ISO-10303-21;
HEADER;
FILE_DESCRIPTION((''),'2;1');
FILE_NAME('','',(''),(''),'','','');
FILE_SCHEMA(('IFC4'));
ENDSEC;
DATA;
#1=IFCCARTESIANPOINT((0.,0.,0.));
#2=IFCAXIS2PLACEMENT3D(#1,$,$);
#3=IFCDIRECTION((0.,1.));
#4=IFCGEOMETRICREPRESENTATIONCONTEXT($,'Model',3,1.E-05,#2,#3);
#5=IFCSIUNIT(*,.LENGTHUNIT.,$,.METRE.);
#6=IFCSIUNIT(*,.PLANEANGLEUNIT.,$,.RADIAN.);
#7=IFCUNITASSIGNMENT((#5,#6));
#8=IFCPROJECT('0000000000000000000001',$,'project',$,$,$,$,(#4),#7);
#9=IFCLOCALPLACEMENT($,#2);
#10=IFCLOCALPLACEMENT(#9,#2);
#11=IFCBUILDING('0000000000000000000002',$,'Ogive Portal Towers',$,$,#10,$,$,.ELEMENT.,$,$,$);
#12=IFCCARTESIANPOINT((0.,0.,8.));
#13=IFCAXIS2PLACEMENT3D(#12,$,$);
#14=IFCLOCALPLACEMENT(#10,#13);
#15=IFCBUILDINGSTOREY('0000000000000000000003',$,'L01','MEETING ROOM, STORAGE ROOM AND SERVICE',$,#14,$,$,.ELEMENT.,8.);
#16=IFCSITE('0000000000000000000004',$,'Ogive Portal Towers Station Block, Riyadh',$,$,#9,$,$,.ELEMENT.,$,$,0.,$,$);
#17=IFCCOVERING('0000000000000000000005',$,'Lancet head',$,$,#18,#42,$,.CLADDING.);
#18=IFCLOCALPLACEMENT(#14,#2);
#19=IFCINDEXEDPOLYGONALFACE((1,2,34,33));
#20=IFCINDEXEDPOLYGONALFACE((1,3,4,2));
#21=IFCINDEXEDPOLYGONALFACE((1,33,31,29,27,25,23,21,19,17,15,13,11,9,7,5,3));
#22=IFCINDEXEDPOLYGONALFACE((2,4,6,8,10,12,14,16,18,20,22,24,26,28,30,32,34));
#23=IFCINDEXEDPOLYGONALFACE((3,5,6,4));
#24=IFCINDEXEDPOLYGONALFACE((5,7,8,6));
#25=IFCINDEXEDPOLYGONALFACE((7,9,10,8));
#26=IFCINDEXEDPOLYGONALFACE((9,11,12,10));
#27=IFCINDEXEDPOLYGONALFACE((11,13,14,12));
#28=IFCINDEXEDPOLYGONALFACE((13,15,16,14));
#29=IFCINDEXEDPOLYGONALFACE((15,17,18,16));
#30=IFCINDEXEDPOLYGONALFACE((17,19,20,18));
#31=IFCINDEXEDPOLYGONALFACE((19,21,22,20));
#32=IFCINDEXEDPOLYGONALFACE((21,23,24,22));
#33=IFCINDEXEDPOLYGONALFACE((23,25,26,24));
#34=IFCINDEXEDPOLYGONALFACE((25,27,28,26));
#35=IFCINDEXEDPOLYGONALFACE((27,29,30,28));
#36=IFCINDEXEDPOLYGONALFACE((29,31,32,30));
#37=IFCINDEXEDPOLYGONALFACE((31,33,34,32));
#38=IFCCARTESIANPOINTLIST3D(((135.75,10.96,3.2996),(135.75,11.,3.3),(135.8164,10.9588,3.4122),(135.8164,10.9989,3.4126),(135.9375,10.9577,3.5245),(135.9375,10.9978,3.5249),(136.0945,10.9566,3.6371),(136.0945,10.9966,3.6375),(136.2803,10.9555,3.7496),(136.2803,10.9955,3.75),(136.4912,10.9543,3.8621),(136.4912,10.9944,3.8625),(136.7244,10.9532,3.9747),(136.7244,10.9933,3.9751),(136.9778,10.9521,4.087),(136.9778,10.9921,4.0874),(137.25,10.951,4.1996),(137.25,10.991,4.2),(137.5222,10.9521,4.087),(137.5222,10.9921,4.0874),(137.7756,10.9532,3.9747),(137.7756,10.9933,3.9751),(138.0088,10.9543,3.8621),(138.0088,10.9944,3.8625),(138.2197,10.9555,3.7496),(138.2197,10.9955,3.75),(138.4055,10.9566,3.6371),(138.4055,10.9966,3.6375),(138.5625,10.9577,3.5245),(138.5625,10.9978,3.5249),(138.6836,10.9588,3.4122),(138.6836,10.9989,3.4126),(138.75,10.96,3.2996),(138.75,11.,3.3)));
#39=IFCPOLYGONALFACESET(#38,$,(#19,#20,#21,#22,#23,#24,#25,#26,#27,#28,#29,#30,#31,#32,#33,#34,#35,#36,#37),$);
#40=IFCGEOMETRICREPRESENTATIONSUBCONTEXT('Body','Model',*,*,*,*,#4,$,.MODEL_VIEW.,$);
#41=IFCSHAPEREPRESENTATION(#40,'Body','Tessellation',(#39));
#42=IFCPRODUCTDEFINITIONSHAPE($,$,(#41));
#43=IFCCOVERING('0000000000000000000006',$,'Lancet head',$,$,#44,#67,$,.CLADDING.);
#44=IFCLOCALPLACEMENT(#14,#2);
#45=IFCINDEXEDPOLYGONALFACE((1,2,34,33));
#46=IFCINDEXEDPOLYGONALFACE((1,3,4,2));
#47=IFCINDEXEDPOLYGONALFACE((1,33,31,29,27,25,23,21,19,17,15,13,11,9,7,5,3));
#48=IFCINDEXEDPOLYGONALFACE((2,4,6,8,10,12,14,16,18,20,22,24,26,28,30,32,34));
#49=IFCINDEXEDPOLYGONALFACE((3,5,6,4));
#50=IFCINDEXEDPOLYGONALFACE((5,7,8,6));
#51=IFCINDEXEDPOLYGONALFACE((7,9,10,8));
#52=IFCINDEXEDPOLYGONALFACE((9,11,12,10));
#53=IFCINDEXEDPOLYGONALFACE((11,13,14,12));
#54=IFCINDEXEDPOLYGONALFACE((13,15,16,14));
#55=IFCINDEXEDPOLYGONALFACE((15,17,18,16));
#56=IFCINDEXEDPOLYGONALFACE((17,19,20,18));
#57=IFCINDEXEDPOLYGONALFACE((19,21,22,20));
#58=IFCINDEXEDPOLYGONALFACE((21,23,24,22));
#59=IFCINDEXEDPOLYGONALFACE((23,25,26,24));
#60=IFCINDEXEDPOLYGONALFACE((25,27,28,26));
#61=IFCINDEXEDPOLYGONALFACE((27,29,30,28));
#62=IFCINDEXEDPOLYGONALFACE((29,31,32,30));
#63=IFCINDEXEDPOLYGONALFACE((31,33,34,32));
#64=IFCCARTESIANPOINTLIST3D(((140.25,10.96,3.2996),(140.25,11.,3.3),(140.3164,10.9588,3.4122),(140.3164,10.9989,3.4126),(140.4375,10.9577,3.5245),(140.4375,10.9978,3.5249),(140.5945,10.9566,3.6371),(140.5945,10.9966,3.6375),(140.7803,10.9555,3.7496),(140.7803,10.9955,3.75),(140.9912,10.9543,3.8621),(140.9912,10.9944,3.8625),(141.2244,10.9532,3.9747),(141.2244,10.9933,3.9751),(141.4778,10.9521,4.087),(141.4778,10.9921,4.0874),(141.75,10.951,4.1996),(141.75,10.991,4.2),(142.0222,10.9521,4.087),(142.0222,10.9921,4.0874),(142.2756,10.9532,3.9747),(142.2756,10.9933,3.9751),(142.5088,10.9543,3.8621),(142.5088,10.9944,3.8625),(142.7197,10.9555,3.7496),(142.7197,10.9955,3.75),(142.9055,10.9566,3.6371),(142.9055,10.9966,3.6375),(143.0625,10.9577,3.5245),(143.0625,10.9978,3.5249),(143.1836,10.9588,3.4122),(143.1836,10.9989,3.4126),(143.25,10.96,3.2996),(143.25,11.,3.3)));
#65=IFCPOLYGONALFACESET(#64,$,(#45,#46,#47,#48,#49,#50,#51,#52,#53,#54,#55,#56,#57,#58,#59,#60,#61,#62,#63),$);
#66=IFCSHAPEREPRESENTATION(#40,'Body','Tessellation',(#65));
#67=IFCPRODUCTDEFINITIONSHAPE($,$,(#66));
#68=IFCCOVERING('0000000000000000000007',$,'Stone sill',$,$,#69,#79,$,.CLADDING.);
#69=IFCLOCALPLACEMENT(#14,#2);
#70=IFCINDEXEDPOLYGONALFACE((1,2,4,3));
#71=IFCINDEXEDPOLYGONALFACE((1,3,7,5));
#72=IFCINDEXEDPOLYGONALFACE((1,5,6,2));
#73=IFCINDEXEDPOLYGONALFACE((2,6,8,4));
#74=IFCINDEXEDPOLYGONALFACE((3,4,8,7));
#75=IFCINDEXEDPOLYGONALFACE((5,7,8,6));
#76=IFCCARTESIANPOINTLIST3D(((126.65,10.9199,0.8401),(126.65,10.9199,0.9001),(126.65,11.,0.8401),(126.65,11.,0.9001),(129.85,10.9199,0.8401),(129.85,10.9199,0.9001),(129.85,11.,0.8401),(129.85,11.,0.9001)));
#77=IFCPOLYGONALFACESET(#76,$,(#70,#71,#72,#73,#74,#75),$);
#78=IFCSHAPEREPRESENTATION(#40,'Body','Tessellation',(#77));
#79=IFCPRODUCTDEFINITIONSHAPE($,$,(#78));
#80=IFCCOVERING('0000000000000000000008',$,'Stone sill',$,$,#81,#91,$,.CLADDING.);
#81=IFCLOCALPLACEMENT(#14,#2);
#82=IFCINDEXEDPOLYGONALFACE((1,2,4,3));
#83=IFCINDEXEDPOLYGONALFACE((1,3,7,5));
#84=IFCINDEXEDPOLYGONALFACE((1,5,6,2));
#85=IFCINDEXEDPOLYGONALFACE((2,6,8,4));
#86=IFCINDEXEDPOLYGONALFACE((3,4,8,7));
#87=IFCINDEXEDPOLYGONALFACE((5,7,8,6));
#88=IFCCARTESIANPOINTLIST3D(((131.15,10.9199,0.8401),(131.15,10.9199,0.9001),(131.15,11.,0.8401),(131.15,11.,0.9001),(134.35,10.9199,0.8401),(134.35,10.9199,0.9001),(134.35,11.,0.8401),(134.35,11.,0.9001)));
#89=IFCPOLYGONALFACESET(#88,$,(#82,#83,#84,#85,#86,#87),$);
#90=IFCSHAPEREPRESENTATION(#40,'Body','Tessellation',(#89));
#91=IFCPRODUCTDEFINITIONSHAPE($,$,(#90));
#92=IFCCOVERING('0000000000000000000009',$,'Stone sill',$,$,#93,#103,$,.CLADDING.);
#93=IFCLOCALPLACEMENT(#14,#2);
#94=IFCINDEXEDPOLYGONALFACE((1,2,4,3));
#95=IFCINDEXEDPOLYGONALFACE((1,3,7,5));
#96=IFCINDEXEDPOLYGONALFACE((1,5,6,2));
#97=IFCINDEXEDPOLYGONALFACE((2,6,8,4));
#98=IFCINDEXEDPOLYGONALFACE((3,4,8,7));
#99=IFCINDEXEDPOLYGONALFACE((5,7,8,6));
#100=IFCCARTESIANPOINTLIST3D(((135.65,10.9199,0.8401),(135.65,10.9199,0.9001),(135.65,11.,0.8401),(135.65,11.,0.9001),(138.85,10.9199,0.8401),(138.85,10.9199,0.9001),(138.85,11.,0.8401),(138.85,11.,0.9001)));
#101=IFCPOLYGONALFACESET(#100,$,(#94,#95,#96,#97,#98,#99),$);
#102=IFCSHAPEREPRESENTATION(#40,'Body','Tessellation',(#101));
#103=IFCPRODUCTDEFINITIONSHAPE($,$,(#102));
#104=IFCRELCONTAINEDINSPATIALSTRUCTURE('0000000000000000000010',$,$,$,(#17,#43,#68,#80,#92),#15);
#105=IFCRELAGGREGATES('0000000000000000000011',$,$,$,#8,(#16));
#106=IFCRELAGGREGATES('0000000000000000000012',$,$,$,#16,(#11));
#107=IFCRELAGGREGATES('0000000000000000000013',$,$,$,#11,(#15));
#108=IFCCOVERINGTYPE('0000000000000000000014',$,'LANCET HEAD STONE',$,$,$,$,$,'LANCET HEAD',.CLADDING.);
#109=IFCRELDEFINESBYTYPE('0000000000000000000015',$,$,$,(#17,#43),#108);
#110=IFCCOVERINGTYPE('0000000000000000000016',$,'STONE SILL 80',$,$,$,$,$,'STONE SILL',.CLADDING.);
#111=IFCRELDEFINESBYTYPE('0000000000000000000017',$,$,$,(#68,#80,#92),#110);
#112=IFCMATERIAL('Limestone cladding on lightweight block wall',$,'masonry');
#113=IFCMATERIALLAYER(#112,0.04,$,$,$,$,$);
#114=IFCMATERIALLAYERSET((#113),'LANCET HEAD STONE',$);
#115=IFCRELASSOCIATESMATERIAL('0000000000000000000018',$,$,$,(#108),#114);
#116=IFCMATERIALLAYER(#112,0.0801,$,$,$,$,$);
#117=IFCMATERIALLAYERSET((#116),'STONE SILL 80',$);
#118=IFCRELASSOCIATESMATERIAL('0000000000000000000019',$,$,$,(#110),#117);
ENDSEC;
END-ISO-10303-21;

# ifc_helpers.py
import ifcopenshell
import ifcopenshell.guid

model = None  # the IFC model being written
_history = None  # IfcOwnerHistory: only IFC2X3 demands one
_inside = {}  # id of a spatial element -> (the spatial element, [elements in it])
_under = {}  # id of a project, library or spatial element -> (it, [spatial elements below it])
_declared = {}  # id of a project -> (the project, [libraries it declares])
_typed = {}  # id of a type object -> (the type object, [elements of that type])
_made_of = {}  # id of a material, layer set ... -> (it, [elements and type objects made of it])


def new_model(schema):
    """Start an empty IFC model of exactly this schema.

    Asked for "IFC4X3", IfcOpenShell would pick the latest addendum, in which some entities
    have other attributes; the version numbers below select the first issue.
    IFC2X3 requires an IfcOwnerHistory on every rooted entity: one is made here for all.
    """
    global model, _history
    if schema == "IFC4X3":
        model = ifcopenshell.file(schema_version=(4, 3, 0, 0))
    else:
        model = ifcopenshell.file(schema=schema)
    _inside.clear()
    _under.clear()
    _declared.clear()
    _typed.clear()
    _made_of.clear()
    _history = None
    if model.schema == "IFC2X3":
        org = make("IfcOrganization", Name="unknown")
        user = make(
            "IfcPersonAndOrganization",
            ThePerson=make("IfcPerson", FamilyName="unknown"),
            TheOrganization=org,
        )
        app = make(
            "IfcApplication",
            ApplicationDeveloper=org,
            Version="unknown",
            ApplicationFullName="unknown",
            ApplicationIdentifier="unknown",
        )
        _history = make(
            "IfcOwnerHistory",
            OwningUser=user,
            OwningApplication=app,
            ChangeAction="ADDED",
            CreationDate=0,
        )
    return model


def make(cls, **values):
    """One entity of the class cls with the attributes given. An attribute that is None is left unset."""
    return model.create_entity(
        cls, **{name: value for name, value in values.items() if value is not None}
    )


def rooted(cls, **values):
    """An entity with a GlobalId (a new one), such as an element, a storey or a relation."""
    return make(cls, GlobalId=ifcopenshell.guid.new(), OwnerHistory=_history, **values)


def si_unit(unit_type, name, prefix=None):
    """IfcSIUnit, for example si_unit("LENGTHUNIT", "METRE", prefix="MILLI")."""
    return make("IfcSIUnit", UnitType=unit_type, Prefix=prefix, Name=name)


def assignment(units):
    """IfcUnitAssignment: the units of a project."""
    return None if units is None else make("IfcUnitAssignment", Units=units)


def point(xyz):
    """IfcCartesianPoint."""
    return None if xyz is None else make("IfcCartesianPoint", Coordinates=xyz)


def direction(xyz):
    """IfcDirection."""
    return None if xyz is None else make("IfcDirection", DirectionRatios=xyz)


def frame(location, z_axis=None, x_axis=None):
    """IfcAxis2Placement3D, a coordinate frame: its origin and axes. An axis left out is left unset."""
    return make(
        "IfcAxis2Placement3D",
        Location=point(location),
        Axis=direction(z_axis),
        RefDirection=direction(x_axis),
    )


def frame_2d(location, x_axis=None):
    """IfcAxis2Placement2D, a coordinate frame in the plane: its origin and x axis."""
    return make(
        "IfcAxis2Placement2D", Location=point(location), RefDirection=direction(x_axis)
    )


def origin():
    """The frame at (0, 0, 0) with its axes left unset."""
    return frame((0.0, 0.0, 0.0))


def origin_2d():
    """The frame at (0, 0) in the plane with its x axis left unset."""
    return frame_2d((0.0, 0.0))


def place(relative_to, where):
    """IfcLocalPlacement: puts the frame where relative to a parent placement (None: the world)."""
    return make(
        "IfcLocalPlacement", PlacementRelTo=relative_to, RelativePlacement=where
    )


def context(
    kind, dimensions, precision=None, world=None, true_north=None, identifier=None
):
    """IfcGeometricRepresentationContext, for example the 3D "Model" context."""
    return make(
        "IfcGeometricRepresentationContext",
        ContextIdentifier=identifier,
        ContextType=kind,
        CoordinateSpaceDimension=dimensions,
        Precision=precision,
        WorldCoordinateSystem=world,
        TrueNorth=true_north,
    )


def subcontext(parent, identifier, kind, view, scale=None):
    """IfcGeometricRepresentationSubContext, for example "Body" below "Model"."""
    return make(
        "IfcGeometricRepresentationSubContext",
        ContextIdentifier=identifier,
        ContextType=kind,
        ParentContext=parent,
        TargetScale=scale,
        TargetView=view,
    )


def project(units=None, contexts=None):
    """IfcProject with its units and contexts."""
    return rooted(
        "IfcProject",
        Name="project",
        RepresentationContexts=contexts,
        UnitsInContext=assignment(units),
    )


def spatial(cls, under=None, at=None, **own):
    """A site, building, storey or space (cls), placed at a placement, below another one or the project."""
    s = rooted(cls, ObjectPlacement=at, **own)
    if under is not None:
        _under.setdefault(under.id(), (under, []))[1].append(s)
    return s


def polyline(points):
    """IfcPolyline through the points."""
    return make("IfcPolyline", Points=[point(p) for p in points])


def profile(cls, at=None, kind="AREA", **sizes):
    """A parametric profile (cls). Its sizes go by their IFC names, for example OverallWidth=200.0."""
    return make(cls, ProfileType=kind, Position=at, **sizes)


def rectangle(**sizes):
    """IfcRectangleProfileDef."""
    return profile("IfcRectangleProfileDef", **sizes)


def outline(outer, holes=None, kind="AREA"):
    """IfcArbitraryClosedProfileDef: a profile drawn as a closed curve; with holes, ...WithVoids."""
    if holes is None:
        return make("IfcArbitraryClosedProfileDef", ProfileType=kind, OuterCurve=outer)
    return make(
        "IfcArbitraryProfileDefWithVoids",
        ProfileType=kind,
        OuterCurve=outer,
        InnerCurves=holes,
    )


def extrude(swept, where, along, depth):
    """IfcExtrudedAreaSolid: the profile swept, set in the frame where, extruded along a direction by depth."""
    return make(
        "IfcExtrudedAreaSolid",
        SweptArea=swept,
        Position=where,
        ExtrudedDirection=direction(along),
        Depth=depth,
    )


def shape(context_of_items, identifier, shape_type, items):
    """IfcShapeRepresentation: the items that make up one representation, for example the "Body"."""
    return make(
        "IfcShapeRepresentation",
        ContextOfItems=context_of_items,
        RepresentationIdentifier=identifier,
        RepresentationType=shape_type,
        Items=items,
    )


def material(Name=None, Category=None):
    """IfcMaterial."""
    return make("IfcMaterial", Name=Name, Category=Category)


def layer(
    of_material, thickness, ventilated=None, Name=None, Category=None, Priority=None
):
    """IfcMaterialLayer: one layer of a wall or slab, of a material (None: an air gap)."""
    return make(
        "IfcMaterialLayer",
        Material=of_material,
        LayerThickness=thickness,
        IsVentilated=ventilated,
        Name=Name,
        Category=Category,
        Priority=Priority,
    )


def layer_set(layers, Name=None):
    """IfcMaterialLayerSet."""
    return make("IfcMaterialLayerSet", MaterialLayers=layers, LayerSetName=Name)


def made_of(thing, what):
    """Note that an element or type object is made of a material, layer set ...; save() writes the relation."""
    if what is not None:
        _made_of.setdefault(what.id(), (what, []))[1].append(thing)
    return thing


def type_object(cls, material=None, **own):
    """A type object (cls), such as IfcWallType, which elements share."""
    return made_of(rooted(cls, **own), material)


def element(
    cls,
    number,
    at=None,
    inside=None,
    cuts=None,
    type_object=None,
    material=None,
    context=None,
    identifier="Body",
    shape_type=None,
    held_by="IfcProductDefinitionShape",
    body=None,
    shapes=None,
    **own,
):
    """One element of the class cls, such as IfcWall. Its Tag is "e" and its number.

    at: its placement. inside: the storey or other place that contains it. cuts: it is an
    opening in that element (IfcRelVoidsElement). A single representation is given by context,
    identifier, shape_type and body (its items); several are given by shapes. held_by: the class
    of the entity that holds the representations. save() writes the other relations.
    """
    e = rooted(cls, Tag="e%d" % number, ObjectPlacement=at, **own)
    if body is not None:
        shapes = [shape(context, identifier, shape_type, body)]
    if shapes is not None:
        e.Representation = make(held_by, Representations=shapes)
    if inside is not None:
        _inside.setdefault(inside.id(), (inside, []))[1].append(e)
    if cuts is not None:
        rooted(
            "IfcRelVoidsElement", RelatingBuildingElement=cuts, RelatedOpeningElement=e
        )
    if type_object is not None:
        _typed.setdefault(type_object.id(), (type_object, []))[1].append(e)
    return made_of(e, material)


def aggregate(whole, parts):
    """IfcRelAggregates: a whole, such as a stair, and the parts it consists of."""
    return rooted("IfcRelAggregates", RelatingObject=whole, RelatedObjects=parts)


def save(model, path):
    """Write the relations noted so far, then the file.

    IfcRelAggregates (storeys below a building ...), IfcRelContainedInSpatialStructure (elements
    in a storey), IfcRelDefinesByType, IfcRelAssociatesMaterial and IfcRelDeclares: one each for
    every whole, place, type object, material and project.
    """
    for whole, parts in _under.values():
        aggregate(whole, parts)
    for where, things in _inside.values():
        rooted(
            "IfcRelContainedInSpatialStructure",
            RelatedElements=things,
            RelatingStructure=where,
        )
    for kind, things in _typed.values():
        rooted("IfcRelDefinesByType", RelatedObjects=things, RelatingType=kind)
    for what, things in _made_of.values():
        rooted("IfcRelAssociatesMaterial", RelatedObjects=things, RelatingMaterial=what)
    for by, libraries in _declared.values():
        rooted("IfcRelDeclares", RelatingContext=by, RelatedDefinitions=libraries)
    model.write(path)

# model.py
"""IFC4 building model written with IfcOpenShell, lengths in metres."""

from ifc_helpers import new_model, si_unit, direction, frame, origin, origin_2d, place, context, subcontext, project, spatial, polyline, rectangle, outline, extrude, material, layer, layer_set, type_object, element, save


model = new_model("IFC4")

# Units and contexts
model_context = context("Model", 3, precision=1e-05, world=origin(), true_north=direction((0.0, 1.0)))
body_context = subcontext(model_context, "Body", "Model", "MODEL_VIEW")
ifc_project = project(units=[si_unit("LENGTHUNIT", "METRE"), si_unit("PLANEANGLEUNIT", "RADIAN")], contexts=[model_context])

# Site, building, storey
site_placement = place(None, origin())
site = spatial("IfcSite", under=ifc_project, at=site_placement, Name="Ogive Portal Towers Station Block, Riyadh", CompositionType="ELEMENT", RefElevation=0.0)
building_placement = place(site_placement, origin())
building = spatial("IfcBuilding", under=site, at=building_placement, Name="Ogive Portal Towers", CompositionType="ELEMENT")
storey_placement = place(building_placement, frame((0.0, 0.0, 8.0)))
storey = spatial("IfcBuildingStorey", under=building, at=storey_placement, Name="L01", Description="MEETING ROOM, STORAGE ROOM AND SERVICE", CompositionType="ELEMENT", Elevation=8.0)

# Coverings
ifc_material_1 = material(Name="Limestone cladding on lightweight block wall", Category="masonry")
ifc_layer_1 = layer(ifc_material_1, 0.04)
ifc_layer_set_1 = layer_set([ifc_layer_1], Name="LANCET HEAD STONE")
covering_type_1 = type_object("IfcCoveringType", Name="LANCET HEAD STONE", ElementType="LANCET HEAD", PredefinedType="CLADDING", material=ifc_layer_set_1)
for number, where, z_axis, x_axis, name in (
    (1, (135.75, 11.0, 3.3), (0.0, 0.99995, 0.009994), (1.0, 0.0, 0.0), "Lancet head"),
    (2, (140.25, 11.0, 3.3), (0.0, 0.99995, 0.009994), (1.0, 0.0, 0.0), "Lancet head"),
):
    element("IfcCovering", number, at=place(storey_placement, frame(where, z_axis=z_axis, x_axis=x_axis)), inside=storey, type_object=covering_type_1, Name=name, PredefinedType="CLADDING", context=body_context, shape_type="SweptSolid", body=[
        extrude(outline(polyline([(0.0, 0.0), (3.0, 0.0), (2.9336, -0.1126), (2.8125, -0.2249), (2.6555, -0.3374), (2.4697, -0.45), (2.2588, -0.5625), (2.0256, -0.6751), (1.7722, -0.7874), (1.5, -0.8999), (1.2278, -0.7874), (0.9744, -0.6751), (0.7412, -0.5625), (0.5303, -0.45), (0.3445, -0.3374), (0.1875, -0.2249), (0.0664, -0.1126), (0.0, 0.0)])), origin(), (0.0, 0.0, -1.0), 0.04),
    ])
ifc_layer_2 = layer(ifc_material_1, 0.0801)
ifc_layer_set_2 = layer_set([ifc_layer_2], Name="STONE SILL 80")
covering_type_2 = type_object("IfcCoveringType", Name="STONE SILL 80", ElementType="STONE SILL", PredefinedType="CLADDING", material=ifc_layer_set_2)
for number, where, z_axis, x_axis, name in (
    (3, (128.25, 10.96, 0.8401), (0.0, 0.0, 1.0), (1.0, 0.0, 0.0), "Stone sill"),
    (4, (132.75, 10.96, 0.8401), (0.0, 0.0, 1.0), (1.0, 0.0, 0.0), "Stone sill"),
    (5, (137.25, 10.96, 0.8401), (0.0, 0.0, 1.0), (1.0, 0.0, 0.0), "Stone sill"),
):
    element("IfcCovering", number, at=place(storey_placement, frame(where, z_axis=z_axis, x_axis=x_axis)), inside=storey, type_object=covering_type_2, Name=name, PredefinedType="CLADDING", context=body_context, shape_type="SweptSolid", body=[
        extrude(rectangle(XDim=3.2, YDim=0.0801, at=origin_2d()), origin(), (0.0, 0.0, 1.0), 0.0601),
    ])

save(model, "model.ifc")
